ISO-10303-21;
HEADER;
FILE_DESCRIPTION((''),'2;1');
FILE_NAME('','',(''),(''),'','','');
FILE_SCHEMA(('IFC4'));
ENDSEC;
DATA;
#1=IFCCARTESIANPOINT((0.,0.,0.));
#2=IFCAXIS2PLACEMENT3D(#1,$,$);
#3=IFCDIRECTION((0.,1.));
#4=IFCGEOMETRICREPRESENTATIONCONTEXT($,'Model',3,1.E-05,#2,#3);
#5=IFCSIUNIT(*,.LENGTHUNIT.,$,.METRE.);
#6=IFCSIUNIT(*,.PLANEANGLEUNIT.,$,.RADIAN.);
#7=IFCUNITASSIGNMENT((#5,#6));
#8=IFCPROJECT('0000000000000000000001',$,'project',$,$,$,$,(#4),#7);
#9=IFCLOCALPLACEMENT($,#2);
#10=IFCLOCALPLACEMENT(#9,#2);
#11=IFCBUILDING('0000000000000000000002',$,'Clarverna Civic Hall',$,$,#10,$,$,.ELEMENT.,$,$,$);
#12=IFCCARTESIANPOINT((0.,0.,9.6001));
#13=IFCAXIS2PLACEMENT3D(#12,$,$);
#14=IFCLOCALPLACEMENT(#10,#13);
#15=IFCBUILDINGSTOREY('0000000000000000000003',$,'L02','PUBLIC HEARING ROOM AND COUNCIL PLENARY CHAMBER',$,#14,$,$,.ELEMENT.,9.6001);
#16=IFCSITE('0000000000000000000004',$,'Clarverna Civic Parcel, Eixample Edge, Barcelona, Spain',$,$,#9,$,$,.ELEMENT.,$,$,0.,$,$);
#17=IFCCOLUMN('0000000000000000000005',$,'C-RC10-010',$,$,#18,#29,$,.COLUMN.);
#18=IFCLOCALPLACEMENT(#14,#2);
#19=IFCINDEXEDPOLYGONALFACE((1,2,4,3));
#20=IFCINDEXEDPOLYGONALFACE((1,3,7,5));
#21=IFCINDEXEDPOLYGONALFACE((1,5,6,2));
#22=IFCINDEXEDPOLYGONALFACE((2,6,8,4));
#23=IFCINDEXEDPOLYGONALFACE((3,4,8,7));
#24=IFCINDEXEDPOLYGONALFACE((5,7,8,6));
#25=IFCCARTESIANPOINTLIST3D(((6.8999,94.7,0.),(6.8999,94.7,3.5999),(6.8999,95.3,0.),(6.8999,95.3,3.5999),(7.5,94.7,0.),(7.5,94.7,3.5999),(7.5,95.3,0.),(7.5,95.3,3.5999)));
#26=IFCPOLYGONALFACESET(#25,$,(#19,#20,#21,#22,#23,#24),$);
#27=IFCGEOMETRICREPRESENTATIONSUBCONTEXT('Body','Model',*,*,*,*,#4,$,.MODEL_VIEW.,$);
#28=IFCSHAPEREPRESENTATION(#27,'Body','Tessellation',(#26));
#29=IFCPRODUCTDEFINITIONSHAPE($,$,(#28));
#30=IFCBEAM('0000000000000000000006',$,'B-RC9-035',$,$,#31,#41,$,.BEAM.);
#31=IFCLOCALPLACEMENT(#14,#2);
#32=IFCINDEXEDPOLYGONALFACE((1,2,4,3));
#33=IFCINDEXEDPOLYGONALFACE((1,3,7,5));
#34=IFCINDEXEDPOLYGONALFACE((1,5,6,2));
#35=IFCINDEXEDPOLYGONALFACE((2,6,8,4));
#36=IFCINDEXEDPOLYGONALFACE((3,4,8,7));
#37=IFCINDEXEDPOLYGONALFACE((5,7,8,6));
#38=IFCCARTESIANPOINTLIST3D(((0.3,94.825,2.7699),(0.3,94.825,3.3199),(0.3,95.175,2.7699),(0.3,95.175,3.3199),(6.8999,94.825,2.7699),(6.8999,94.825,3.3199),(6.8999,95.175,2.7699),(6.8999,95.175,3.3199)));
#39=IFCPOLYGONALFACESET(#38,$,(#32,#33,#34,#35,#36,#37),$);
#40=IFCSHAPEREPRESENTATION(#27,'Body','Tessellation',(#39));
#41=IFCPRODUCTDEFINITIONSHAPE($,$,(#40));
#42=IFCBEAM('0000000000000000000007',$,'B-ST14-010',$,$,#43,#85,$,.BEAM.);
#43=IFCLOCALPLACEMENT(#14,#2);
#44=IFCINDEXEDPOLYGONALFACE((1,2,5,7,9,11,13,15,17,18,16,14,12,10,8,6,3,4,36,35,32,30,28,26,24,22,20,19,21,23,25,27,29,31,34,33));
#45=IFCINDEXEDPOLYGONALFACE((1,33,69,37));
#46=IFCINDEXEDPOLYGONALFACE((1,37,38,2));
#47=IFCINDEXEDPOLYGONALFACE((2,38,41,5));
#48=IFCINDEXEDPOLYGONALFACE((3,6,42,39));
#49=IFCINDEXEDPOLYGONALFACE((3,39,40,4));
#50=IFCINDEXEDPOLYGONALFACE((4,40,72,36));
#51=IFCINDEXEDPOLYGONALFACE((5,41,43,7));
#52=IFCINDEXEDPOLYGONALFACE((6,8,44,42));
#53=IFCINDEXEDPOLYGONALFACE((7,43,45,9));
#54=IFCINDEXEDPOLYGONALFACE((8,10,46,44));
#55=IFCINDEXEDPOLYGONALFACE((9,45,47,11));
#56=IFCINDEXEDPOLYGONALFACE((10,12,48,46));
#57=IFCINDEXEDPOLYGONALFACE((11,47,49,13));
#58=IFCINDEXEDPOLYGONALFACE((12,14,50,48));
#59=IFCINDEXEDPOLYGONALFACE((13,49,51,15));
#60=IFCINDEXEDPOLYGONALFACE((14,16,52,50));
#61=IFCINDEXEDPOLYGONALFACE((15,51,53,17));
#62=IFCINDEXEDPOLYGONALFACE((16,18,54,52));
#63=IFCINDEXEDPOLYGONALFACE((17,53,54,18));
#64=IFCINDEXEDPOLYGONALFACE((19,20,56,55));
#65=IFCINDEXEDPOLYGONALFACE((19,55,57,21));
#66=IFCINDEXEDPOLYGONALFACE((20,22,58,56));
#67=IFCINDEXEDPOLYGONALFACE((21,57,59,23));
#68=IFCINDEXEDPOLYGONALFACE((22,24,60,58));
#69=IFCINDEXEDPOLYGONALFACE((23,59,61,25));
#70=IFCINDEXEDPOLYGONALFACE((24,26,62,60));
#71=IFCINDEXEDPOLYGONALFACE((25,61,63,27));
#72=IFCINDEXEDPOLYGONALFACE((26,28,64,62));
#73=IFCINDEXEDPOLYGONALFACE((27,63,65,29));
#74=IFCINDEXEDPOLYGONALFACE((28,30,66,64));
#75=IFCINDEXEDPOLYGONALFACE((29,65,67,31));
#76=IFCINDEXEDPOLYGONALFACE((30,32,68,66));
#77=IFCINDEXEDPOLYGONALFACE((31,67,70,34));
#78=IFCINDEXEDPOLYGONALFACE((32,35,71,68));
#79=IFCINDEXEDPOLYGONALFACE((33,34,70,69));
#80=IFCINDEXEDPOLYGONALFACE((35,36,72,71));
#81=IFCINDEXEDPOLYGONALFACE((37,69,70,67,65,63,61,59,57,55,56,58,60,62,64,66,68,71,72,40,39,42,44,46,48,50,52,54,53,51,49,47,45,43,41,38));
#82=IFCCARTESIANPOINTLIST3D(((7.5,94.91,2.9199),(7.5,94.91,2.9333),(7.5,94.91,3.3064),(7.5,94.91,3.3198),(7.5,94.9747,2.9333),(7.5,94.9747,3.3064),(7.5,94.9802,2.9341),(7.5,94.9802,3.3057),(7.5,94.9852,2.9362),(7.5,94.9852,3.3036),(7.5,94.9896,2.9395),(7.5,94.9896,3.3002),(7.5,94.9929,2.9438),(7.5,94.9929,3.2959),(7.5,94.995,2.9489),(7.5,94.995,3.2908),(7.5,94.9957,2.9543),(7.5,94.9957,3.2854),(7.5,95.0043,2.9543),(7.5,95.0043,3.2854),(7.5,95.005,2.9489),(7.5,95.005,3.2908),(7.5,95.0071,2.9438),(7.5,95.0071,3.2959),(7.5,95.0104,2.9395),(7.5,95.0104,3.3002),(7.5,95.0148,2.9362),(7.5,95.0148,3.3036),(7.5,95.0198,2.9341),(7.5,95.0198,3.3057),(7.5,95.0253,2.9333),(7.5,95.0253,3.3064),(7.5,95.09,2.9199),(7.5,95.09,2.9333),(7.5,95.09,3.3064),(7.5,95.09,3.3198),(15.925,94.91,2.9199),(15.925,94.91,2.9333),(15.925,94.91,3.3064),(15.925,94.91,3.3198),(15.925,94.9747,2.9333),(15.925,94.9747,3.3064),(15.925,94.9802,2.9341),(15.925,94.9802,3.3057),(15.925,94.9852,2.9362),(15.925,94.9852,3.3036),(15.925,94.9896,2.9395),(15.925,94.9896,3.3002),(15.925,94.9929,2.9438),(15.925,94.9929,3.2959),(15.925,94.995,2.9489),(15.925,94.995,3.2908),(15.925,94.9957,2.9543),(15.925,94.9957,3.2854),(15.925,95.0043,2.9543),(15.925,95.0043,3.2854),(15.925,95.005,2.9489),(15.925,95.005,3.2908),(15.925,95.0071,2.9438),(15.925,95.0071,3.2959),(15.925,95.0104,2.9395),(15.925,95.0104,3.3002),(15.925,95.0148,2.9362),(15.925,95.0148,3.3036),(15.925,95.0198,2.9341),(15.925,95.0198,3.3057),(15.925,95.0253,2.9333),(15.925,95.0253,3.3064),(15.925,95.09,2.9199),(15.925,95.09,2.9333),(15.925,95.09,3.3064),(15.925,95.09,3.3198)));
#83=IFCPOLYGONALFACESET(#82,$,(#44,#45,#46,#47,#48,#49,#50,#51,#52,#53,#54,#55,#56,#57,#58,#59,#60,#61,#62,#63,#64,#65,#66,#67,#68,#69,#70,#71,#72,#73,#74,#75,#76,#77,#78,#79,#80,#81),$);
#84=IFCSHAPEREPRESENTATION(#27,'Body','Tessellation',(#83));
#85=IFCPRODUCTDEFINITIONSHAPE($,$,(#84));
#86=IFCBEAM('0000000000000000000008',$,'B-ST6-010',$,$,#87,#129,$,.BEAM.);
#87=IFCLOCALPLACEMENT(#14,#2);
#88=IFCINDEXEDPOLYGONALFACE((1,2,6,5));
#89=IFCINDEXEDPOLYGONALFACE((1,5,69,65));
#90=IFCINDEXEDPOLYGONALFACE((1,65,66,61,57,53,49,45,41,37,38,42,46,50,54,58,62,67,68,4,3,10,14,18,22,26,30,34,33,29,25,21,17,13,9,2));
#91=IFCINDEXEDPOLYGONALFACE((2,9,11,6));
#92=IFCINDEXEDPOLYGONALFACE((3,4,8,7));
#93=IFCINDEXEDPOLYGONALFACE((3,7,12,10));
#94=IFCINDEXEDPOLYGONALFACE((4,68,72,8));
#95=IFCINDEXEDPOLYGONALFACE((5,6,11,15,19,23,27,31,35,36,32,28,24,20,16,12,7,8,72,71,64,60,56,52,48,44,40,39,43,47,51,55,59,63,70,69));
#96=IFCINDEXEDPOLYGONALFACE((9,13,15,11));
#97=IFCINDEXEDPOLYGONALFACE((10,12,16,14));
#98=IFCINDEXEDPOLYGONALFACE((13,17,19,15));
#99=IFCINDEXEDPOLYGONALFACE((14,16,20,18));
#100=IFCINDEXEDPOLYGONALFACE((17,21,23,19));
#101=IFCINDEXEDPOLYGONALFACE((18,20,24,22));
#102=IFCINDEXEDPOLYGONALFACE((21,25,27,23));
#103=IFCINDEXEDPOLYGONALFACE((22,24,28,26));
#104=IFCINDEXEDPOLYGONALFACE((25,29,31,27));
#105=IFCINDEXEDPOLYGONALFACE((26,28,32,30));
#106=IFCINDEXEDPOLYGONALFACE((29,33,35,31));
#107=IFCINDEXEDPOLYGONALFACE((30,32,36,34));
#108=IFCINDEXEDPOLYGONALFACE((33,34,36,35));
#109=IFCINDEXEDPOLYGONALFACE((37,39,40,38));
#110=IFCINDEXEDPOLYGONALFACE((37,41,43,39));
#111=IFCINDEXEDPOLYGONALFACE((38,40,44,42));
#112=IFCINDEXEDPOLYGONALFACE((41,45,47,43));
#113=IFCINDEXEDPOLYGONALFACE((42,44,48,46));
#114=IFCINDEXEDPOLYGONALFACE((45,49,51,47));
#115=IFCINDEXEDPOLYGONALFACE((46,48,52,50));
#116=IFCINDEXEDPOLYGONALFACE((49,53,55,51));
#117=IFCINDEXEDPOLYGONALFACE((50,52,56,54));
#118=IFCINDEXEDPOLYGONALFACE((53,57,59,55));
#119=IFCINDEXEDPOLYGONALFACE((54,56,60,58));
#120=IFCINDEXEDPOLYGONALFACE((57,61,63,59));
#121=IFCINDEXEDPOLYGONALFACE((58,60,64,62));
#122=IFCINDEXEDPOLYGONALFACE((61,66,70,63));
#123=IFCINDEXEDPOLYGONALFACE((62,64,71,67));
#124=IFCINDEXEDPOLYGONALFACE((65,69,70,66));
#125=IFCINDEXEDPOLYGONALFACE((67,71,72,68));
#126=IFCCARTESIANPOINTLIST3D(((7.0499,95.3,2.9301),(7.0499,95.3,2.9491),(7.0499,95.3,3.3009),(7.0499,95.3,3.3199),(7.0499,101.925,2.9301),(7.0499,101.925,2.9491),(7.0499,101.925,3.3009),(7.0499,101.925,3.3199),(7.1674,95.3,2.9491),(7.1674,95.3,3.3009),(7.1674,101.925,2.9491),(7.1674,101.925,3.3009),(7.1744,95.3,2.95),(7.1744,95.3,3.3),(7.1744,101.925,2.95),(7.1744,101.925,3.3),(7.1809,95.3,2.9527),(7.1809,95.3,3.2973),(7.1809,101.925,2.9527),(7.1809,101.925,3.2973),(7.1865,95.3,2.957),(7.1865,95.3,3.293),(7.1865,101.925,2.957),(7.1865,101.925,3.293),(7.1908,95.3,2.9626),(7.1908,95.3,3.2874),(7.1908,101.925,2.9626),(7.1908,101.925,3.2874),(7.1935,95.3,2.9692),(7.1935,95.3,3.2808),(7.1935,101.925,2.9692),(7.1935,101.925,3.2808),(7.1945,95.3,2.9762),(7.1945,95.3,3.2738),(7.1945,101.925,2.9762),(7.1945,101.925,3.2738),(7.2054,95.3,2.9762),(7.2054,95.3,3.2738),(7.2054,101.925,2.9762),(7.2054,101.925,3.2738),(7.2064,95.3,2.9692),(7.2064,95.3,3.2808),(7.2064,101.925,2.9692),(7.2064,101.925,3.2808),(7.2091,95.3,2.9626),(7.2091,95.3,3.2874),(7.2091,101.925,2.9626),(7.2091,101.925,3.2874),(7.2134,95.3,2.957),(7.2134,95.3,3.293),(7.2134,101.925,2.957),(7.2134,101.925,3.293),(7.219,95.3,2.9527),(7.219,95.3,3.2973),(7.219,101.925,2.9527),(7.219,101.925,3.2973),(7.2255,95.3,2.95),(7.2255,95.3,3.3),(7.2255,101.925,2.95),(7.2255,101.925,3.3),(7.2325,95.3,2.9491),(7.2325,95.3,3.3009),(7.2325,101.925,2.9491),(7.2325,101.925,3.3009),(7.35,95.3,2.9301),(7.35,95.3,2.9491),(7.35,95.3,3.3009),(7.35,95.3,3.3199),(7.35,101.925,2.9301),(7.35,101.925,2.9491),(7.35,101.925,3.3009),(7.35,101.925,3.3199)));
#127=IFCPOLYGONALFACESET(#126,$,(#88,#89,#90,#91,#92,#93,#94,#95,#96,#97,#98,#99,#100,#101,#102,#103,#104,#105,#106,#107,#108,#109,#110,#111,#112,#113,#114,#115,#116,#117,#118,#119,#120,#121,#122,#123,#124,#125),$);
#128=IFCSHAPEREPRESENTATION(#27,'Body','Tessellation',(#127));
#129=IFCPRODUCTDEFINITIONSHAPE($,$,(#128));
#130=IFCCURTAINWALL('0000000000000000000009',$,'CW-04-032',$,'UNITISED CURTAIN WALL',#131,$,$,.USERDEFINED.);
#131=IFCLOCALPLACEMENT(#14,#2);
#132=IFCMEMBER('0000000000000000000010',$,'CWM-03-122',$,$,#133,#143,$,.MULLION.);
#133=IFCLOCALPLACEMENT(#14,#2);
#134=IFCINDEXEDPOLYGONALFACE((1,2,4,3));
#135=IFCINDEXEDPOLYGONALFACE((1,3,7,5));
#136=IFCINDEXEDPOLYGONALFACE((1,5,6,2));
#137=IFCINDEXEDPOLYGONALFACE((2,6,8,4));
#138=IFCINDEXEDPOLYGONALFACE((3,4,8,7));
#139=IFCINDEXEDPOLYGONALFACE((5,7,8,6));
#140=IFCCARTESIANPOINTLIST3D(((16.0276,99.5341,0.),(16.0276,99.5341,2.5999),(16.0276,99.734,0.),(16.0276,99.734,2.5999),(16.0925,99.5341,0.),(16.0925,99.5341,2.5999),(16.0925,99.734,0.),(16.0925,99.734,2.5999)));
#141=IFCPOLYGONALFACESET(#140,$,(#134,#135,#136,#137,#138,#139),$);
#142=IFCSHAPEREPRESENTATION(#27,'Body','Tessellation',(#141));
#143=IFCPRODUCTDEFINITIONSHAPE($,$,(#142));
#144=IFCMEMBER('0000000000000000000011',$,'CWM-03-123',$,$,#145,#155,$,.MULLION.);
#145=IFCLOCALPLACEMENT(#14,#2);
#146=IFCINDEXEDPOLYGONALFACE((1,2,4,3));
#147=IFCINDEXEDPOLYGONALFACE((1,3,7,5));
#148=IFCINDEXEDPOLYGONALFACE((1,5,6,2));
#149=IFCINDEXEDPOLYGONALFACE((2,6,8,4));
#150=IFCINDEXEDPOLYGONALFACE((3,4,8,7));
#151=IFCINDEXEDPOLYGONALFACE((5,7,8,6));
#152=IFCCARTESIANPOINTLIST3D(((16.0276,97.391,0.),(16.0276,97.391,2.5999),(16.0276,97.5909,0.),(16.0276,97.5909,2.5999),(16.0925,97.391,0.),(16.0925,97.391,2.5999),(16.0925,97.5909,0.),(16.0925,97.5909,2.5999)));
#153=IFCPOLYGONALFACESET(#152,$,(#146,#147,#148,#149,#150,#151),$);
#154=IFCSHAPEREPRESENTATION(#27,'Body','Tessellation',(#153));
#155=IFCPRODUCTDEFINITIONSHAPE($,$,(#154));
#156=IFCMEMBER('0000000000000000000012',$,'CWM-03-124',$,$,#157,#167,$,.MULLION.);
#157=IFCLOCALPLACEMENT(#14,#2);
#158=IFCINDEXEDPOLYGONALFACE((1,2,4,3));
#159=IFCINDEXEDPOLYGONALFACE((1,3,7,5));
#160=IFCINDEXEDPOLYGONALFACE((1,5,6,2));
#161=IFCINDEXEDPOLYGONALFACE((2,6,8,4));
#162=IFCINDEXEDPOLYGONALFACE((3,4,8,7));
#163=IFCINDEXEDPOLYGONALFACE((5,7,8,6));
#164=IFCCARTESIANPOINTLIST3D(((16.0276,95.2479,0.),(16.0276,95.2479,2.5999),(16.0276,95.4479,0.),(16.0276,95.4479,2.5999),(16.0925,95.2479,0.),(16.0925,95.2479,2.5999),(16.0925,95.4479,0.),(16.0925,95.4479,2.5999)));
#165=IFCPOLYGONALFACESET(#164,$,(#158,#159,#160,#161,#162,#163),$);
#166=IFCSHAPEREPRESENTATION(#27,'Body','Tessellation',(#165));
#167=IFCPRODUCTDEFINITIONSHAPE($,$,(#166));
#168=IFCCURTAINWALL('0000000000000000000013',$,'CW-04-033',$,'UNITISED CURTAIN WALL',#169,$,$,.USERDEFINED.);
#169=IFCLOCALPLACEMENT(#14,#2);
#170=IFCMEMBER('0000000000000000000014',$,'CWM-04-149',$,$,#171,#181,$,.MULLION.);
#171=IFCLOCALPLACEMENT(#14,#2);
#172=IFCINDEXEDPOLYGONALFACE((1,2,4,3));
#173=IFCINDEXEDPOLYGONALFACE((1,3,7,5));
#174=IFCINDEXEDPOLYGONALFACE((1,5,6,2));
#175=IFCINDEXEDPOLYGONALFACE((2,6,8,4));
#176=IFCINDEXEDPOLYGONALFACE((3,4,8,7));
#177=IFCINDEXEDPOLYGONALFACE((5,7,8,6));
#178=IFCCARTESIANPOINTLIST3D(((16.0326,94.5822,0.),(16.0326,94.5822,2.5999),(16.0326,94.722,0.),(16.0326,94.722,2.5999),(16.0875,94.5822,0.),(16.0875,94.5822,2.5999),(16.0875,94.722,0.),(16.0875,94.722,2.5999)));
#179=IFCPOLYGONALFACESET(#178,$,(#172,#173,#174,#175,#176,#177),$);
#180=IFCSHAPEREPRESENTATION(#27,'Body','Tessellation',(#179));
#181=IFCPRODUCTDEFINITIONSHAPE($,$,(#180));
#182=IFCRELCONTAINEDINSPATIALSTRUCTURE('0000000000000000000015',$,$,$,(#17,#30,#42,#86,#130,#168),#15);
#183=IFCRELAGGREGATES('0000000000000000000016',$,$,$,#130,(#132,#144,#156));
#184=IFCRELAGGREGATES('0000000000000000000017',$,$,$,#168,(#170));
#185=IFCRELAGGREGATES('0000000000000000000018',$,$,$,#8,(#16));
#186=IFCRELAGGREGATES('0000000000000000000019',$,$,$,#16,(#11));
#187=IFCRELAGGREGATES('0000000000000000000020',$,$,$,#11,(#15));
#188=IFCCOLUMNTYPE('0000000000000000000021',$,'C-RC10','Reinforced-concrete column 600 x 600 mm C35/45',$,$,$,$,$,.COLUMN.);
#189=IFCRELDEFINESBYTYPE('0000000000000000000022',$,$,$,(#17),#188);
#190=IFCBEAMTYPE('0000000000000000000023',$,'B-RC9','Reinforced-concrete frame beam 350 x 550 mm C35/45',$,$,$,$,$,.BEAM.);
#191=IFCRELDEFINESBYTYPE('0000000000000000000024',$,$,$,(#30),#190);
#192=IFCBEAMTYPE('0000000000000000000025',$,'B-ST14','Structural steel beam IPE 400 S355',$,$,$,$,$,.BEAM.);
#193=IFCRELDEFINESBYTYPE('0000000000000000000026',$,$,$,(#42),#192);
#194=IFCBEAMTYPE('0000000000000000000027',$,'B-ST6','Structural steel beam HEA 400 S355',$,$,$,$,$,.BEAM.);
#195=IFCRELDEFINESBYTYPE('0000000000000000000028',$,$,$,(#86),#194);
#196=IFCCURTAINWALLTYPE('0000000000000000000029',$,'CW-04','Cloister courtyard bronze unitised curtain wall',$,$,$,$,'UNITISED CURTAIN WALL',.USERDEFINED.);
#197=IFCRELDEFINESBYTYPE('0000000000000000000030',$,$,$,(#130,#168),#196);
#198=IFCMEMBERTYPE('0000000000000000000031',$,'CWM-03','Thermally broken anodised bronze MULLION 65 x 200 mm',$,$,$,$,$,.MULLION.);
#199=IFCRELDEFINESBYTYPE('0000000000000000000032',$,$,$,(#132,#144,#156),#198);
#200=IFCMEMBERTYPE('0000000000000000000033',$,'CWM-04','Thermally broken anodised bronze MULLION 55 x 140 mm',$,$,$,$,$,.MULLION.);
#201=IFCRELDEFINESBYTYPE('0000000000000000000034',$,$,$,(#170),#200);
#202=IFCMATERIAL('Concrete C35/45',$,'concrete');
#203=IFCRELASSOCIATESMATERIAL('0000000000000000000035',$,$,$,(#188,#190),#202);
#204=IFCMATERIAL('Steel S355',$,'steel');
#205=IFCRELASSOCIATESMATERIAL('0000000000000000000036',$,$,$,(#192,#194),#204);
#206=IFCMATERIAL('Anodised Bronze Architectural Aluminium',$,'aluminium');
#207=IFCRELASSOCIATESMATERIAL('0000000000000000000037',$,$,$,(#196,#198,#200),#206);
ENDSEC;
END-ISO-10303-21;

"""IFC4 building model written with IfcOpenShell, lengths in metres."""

from ifc_helpers import new_model, si_unit, direction, frame, origin, origin_2d, place, context, subcontext, project, spatial, rectangle, i_section, extrude, material, material_profile, profile_set, type_object, element, aggregate, save


model = new_model("IFC4")

# Units and contexts
model_context = context("Model", 3, precision=1e-05, world=origin(), true_north=direction((0.0, 1.0)))
body_context = subcontext(model_context, "Body", "Model", "MODEL_VIEW")
ifc_project = project(units=[si_unit("LENGTHUNIT", "METRE"), si_unit("PLANEANGLEUNIT", "RADIAN")], contexts=[model_context])

# Site, building, storey
site_placement = place(None, origin())
site = spatial("IfcSite", under=ifc_project, at=site_placement, Name="Clarverna Civic Parcel, Eixample Edge, Barcelona, Spain", CompositionType="ELEMENT", RefElevation=0.0)
building_placement = place(site_placement, origin())
building = spatial("IfcBuilding", under=site, at=building_placement, Name="Clarverna Civic Hall", CompositionType="ELEMENT")
storey_placement = place(building_placement, frame((0.0, 0.0, 9.6001)))
storey = spatial("IfcBuildingStorey", under=building, at=storey_placement, Name="L02", Description="PUBLIC HEARING ROOM AND COUNCIL PLENARY CHAMBER", CompositionType="ELEMENT", Elevation=9.6001)

# Column
ifc_material_1 = material(Name="Concrete C35/45", Category="concrete")
ifc_material_profile_1 = material_profile(ifc_material_1, rectangle(XDim=0.6001, YDim=0.6001, at=origin_2d()), Name="RC 600x600")
ifc_profile_set_1 = profile_set([ifc_material_profile_1], Name="Concrete C35/45")
column_type = type_object("IfcColumnType", Name="C-RC10", Description="Reinforced-concrete column 600 x 600 mm C35/45", PredefinedType="COLUMN", material=ifc_profile_set_1)
column_placement = place(storey_placement, frame((7.2, 95.0, 0.0), z_axis=(0.0, 0.0, 1.0), x_axis=(1.0, 0.0, 0.0)))
element("IfcColumn", 1, at=column_placement, inside=storey, type_object=column_type, Name="C-RC10-010", PredefinedType="COLUMN", context=body_context, shape_type="SweptSolid", body=[
    extrude(rectangle(XDim=0.6001, YDim=0.6001, at=origin_2d()), origin(), (0.0, 0.0, 1.0), 3.5999),
])

# Beams
ifc_material_profile_2 = material_profile(ifc_material_1, rectangle(XDim=0.3501, YDim=0.55, at=origin_2d()), Name="RC 350x550")
ifc_profile_set_2 = profile_set([ifc_material_profile_2], Name="Concrete C35/45")
beam_type_1 = type_object("IfcBeamType", Name="B-RC9", Description="Reinforced-concrete frame beam 350 x 550 mm C35/45", PredefinedType="BEAM", material=ifc_profile_set_2)
beam_1_placement = place(storey_placement, frame((0.3, 95.0, 3.0449), z_axis=(1.0, 0.0, 0.0), x_axis=(0.0, 1.0, 0.0)))
element("IfcBeam", 2, at=beam_1_placement, inside=storey, type_object=beam_type_1, Name="B-RC9-035", PredefinedType="BEAM", context=body_context, shape_type="SweptSolid", body=[
    extrude(rectangle(XDim=0.3501, YDim=0.55, at=origin_2d()), origin(), (0.0, 0.0, 1.0), 6.5999),
])
ifc_material_2 = material(Name="Steel S355", Category="steel")
ifc_material_profile_3 = material_profile(ifc_material_2, i_section(OverallWidth=0.1799, OverallDepth=0.3999, WebThickness=0.0085, FlangeThickness=0.0134, FilletRadius=0.021, at=origin_2d()), Name="IPE 400")
ifc_profile_set_3 = profile_set([ifc_material_profile_3], Name="Steel S355")
beam_type_2 = type_object("IfcBeamType", Name="B-ST14", Description="Structural steel beam IPE 400 S355", PredefinedType="BEAM", material=ifc_profile_set_3)
beam_2_placement = place(storey_placement, frame((7.5, 95.0, 3.1199), z_axis=(1.0, 0.0, 0.0), x_axis=(0.0, 1.0, 0.0)))
element("IfcBeam", 3, at=beam_2_placement, inside=storey, type_object=beam_type_2, Name="B-ST14-010", PredefinedType="BEAM", context=body_context, shape_type="SweptSolid", body=[
    extrude(i_section(OverallWidth=0.1799, OverallDepth=0.3999, WebThickness=0.0085, FlangeThickness=0.0134, FilletRadius=0.021, at=origin_2d()), origin(), (0.0, 0.0, 1.0), 8.425),
])
ifc_material_profile_4 = material_profile(ifc_material_2, i_section(OverallWidth=0.3, OverallDepth=0.3899, WebThickness=0.011, FlangeThickness=0.019, FilletRadius=0.0271, at=origin_2d()), Name="HEA 400")
ifc_profile_set_4 = profile_set([ifc_material_profile_4], Name="Steel S355")
beam_type_3 = type_object("IfcBeamType", Name="B-ST6", Description="Structural steel beam HEA 400 S355", PredefinedType="BEAM", material=ifc_profile_set_4)
beam_3_placement = place(storey_placement, frame((7.2, 95.3, 3.125), z_axis=(0.0, 1.0, 0.0), x_axis=(-1.0, 0.0, 0.0)))
element("IfcBeam", 4, at=beam_3_placement, inside=storey, type_object=beam_type_3, Name="B-ST6-010", PredefinedType="BEAM", context=body_context, shape_type="SweptSolid", body=[
    extrude(i_section(OverallWidth=0.3, OverallDepth=0.3899, WebThickness=0.011, FlangeThickness=0.019, FilletRadius=0.0271, at=origin_2d()), origin(), (0.0, 0.0, 1.0), 6.625),
])

# Curtain walls, members
ifc_material_3 = material(Name="Anodised Bronze Architectural Aluminium", Category="aluminium")
curtain_wall_type = type_object("IfcCurtainWallType", Name="CW-04", Description="Cloister courtyard bronze unitised curtain wall", ElementType="UNITISED CURTAIN WALL", PredefinedType="USERDEFINED", material=ifc_material_3)
curtain_wall_1_placement = place(storey_placement, origin())
curtain_wall_1 = element("IfcCurtainWall", 5, at=curtain_wall_1_placement, inside=storey, type_object=curtain_wall_type, Name="CW-04-032", ObjectType="UNITISED CURTAIN WALL", PredefinedType="USERDEFINED")
ifc_material_profile_5 = material_profile(ifc_material_3, rectangle(XDim=0.0649, YDim=0.2, at=origin_2d()), Name="BRONZE 65x200")
ifc_profile_set_5 = profile_set([ifc_material_profile_5], Name="Anodised Bronze Architectural Aluminium")
member_type_1 = type_object("IfcMemberType", Name="CWM-03", Description="Thermally broken anodised bronze MULLION 65 x 200 mm", PredefinedType="MULLION", material=ifc_profile_set_5)
member_1_placement = place(storey_placement, frame((16.0601, 99.634, 0.0), z_axis=(0.0, 0.0, 1.0), x_axis=(1.0, 0.0, 0.0)))
member_1 = element("IfcMember", 6, at=member_1_placement, type_object=member_type_1, Name="CWM-03-122", PredefinedType="MULLION", context=body_context, shape_type="SweptSolid", body=[
    extrude(rectangle(XDim=0.0649, YDim=0.2, at=origin_2d()), origin(), (0.0, 0.0, 1.0), 2.5999),
])
member_2_placement = place(storey_placement, frame((16.0601, 97.491, 0.0), z_axis=(0.0, 0.0, 1.0), x_axis=(1.0, 0.0, 0.0)))
member_2 = element("IfcMember", 7, at=member_2_placement, type_object=member_type_1, Name="CWM-03-123", PredefinedType="MULLION", context=body_context, shape_type="SweptSolid", body=[
    extrude(rectangle(XDim=0.0649, YDim=0.2, at=origin_2d()), origin(), (0.0, 0.0, 1.0), 2.5999),
])
member_3_placement = place(storey_placement, frame((16.0601, 95.3479, 0.0), z_axis=(0.0, 0.0, 1.0), x_axis=(1.0, 0.0, 0.0)))
member_3 = element("IfcMember", 8, at=member_3_placement, type_object=member_type_1, Name="CWM-03-124", PredefinedType="MULLION", context=body_context, shape_type="SweptSolid", body=[
    extrude(rectangle(XDim=0.0649, YDim=0.2, at=origin_2d()), origin(), (0.0, 0.0, 1.0), 2.5999),
])
curtain_wall_2_placement = place(storey_placement, origin())
curtain_wall_2 = element("IfcCurtainWall", 9, at=curtain_wall_2_placement, inside=storey, type_object=curtain_wall_type, Name="CW-04-033", ObjectType="UNITISED CURTAIN WALL", PredefinedType="USERDEFINED")
ifc_material_profile_6 = material_profile(ifc_material_3, rectangle(XDim=0.0549, YDim=0.1399, at=origin_2d()), Name="BRONZE 55x140")
ifc_profile_set_6 = profile_set([ifc_material_profile_6], Name="Anodised Bronze Architectural Aluminium")
member_type_2 = type_object("IfcMemberType", Name="CWM-04", Description="Thermally broken anodised bronze MULLION 55 x 140 mm", PredefinedType="MULLION", material=ifc_profile_set_6)
member_4_placement = place(storey_placement, frame((16.0601, 94.6521, 0.0), z_axis=(0.0, 0.0, 1.0), x_axis=(1.0, 0.0, 0.0)))
member_4 = element("IfcMember", 10, at=member_4_placement, type_object=member_type_2, Name="CWM-04-149", PredefinedType="MULLION", context=body_context, shape_type="SweptSolid", body=[
    extrude(rectangle(XDim=0.0549, YDim=0.1399, at=origin_2d()), origin(), (0.0, 0.0, 1.0), 2.5999),
])

aggregate(curtain_wall_1, [member_1, member_2, member_3])
aggregate(curtain_wall_2, [member_4])

save(model, "model.ifc")
